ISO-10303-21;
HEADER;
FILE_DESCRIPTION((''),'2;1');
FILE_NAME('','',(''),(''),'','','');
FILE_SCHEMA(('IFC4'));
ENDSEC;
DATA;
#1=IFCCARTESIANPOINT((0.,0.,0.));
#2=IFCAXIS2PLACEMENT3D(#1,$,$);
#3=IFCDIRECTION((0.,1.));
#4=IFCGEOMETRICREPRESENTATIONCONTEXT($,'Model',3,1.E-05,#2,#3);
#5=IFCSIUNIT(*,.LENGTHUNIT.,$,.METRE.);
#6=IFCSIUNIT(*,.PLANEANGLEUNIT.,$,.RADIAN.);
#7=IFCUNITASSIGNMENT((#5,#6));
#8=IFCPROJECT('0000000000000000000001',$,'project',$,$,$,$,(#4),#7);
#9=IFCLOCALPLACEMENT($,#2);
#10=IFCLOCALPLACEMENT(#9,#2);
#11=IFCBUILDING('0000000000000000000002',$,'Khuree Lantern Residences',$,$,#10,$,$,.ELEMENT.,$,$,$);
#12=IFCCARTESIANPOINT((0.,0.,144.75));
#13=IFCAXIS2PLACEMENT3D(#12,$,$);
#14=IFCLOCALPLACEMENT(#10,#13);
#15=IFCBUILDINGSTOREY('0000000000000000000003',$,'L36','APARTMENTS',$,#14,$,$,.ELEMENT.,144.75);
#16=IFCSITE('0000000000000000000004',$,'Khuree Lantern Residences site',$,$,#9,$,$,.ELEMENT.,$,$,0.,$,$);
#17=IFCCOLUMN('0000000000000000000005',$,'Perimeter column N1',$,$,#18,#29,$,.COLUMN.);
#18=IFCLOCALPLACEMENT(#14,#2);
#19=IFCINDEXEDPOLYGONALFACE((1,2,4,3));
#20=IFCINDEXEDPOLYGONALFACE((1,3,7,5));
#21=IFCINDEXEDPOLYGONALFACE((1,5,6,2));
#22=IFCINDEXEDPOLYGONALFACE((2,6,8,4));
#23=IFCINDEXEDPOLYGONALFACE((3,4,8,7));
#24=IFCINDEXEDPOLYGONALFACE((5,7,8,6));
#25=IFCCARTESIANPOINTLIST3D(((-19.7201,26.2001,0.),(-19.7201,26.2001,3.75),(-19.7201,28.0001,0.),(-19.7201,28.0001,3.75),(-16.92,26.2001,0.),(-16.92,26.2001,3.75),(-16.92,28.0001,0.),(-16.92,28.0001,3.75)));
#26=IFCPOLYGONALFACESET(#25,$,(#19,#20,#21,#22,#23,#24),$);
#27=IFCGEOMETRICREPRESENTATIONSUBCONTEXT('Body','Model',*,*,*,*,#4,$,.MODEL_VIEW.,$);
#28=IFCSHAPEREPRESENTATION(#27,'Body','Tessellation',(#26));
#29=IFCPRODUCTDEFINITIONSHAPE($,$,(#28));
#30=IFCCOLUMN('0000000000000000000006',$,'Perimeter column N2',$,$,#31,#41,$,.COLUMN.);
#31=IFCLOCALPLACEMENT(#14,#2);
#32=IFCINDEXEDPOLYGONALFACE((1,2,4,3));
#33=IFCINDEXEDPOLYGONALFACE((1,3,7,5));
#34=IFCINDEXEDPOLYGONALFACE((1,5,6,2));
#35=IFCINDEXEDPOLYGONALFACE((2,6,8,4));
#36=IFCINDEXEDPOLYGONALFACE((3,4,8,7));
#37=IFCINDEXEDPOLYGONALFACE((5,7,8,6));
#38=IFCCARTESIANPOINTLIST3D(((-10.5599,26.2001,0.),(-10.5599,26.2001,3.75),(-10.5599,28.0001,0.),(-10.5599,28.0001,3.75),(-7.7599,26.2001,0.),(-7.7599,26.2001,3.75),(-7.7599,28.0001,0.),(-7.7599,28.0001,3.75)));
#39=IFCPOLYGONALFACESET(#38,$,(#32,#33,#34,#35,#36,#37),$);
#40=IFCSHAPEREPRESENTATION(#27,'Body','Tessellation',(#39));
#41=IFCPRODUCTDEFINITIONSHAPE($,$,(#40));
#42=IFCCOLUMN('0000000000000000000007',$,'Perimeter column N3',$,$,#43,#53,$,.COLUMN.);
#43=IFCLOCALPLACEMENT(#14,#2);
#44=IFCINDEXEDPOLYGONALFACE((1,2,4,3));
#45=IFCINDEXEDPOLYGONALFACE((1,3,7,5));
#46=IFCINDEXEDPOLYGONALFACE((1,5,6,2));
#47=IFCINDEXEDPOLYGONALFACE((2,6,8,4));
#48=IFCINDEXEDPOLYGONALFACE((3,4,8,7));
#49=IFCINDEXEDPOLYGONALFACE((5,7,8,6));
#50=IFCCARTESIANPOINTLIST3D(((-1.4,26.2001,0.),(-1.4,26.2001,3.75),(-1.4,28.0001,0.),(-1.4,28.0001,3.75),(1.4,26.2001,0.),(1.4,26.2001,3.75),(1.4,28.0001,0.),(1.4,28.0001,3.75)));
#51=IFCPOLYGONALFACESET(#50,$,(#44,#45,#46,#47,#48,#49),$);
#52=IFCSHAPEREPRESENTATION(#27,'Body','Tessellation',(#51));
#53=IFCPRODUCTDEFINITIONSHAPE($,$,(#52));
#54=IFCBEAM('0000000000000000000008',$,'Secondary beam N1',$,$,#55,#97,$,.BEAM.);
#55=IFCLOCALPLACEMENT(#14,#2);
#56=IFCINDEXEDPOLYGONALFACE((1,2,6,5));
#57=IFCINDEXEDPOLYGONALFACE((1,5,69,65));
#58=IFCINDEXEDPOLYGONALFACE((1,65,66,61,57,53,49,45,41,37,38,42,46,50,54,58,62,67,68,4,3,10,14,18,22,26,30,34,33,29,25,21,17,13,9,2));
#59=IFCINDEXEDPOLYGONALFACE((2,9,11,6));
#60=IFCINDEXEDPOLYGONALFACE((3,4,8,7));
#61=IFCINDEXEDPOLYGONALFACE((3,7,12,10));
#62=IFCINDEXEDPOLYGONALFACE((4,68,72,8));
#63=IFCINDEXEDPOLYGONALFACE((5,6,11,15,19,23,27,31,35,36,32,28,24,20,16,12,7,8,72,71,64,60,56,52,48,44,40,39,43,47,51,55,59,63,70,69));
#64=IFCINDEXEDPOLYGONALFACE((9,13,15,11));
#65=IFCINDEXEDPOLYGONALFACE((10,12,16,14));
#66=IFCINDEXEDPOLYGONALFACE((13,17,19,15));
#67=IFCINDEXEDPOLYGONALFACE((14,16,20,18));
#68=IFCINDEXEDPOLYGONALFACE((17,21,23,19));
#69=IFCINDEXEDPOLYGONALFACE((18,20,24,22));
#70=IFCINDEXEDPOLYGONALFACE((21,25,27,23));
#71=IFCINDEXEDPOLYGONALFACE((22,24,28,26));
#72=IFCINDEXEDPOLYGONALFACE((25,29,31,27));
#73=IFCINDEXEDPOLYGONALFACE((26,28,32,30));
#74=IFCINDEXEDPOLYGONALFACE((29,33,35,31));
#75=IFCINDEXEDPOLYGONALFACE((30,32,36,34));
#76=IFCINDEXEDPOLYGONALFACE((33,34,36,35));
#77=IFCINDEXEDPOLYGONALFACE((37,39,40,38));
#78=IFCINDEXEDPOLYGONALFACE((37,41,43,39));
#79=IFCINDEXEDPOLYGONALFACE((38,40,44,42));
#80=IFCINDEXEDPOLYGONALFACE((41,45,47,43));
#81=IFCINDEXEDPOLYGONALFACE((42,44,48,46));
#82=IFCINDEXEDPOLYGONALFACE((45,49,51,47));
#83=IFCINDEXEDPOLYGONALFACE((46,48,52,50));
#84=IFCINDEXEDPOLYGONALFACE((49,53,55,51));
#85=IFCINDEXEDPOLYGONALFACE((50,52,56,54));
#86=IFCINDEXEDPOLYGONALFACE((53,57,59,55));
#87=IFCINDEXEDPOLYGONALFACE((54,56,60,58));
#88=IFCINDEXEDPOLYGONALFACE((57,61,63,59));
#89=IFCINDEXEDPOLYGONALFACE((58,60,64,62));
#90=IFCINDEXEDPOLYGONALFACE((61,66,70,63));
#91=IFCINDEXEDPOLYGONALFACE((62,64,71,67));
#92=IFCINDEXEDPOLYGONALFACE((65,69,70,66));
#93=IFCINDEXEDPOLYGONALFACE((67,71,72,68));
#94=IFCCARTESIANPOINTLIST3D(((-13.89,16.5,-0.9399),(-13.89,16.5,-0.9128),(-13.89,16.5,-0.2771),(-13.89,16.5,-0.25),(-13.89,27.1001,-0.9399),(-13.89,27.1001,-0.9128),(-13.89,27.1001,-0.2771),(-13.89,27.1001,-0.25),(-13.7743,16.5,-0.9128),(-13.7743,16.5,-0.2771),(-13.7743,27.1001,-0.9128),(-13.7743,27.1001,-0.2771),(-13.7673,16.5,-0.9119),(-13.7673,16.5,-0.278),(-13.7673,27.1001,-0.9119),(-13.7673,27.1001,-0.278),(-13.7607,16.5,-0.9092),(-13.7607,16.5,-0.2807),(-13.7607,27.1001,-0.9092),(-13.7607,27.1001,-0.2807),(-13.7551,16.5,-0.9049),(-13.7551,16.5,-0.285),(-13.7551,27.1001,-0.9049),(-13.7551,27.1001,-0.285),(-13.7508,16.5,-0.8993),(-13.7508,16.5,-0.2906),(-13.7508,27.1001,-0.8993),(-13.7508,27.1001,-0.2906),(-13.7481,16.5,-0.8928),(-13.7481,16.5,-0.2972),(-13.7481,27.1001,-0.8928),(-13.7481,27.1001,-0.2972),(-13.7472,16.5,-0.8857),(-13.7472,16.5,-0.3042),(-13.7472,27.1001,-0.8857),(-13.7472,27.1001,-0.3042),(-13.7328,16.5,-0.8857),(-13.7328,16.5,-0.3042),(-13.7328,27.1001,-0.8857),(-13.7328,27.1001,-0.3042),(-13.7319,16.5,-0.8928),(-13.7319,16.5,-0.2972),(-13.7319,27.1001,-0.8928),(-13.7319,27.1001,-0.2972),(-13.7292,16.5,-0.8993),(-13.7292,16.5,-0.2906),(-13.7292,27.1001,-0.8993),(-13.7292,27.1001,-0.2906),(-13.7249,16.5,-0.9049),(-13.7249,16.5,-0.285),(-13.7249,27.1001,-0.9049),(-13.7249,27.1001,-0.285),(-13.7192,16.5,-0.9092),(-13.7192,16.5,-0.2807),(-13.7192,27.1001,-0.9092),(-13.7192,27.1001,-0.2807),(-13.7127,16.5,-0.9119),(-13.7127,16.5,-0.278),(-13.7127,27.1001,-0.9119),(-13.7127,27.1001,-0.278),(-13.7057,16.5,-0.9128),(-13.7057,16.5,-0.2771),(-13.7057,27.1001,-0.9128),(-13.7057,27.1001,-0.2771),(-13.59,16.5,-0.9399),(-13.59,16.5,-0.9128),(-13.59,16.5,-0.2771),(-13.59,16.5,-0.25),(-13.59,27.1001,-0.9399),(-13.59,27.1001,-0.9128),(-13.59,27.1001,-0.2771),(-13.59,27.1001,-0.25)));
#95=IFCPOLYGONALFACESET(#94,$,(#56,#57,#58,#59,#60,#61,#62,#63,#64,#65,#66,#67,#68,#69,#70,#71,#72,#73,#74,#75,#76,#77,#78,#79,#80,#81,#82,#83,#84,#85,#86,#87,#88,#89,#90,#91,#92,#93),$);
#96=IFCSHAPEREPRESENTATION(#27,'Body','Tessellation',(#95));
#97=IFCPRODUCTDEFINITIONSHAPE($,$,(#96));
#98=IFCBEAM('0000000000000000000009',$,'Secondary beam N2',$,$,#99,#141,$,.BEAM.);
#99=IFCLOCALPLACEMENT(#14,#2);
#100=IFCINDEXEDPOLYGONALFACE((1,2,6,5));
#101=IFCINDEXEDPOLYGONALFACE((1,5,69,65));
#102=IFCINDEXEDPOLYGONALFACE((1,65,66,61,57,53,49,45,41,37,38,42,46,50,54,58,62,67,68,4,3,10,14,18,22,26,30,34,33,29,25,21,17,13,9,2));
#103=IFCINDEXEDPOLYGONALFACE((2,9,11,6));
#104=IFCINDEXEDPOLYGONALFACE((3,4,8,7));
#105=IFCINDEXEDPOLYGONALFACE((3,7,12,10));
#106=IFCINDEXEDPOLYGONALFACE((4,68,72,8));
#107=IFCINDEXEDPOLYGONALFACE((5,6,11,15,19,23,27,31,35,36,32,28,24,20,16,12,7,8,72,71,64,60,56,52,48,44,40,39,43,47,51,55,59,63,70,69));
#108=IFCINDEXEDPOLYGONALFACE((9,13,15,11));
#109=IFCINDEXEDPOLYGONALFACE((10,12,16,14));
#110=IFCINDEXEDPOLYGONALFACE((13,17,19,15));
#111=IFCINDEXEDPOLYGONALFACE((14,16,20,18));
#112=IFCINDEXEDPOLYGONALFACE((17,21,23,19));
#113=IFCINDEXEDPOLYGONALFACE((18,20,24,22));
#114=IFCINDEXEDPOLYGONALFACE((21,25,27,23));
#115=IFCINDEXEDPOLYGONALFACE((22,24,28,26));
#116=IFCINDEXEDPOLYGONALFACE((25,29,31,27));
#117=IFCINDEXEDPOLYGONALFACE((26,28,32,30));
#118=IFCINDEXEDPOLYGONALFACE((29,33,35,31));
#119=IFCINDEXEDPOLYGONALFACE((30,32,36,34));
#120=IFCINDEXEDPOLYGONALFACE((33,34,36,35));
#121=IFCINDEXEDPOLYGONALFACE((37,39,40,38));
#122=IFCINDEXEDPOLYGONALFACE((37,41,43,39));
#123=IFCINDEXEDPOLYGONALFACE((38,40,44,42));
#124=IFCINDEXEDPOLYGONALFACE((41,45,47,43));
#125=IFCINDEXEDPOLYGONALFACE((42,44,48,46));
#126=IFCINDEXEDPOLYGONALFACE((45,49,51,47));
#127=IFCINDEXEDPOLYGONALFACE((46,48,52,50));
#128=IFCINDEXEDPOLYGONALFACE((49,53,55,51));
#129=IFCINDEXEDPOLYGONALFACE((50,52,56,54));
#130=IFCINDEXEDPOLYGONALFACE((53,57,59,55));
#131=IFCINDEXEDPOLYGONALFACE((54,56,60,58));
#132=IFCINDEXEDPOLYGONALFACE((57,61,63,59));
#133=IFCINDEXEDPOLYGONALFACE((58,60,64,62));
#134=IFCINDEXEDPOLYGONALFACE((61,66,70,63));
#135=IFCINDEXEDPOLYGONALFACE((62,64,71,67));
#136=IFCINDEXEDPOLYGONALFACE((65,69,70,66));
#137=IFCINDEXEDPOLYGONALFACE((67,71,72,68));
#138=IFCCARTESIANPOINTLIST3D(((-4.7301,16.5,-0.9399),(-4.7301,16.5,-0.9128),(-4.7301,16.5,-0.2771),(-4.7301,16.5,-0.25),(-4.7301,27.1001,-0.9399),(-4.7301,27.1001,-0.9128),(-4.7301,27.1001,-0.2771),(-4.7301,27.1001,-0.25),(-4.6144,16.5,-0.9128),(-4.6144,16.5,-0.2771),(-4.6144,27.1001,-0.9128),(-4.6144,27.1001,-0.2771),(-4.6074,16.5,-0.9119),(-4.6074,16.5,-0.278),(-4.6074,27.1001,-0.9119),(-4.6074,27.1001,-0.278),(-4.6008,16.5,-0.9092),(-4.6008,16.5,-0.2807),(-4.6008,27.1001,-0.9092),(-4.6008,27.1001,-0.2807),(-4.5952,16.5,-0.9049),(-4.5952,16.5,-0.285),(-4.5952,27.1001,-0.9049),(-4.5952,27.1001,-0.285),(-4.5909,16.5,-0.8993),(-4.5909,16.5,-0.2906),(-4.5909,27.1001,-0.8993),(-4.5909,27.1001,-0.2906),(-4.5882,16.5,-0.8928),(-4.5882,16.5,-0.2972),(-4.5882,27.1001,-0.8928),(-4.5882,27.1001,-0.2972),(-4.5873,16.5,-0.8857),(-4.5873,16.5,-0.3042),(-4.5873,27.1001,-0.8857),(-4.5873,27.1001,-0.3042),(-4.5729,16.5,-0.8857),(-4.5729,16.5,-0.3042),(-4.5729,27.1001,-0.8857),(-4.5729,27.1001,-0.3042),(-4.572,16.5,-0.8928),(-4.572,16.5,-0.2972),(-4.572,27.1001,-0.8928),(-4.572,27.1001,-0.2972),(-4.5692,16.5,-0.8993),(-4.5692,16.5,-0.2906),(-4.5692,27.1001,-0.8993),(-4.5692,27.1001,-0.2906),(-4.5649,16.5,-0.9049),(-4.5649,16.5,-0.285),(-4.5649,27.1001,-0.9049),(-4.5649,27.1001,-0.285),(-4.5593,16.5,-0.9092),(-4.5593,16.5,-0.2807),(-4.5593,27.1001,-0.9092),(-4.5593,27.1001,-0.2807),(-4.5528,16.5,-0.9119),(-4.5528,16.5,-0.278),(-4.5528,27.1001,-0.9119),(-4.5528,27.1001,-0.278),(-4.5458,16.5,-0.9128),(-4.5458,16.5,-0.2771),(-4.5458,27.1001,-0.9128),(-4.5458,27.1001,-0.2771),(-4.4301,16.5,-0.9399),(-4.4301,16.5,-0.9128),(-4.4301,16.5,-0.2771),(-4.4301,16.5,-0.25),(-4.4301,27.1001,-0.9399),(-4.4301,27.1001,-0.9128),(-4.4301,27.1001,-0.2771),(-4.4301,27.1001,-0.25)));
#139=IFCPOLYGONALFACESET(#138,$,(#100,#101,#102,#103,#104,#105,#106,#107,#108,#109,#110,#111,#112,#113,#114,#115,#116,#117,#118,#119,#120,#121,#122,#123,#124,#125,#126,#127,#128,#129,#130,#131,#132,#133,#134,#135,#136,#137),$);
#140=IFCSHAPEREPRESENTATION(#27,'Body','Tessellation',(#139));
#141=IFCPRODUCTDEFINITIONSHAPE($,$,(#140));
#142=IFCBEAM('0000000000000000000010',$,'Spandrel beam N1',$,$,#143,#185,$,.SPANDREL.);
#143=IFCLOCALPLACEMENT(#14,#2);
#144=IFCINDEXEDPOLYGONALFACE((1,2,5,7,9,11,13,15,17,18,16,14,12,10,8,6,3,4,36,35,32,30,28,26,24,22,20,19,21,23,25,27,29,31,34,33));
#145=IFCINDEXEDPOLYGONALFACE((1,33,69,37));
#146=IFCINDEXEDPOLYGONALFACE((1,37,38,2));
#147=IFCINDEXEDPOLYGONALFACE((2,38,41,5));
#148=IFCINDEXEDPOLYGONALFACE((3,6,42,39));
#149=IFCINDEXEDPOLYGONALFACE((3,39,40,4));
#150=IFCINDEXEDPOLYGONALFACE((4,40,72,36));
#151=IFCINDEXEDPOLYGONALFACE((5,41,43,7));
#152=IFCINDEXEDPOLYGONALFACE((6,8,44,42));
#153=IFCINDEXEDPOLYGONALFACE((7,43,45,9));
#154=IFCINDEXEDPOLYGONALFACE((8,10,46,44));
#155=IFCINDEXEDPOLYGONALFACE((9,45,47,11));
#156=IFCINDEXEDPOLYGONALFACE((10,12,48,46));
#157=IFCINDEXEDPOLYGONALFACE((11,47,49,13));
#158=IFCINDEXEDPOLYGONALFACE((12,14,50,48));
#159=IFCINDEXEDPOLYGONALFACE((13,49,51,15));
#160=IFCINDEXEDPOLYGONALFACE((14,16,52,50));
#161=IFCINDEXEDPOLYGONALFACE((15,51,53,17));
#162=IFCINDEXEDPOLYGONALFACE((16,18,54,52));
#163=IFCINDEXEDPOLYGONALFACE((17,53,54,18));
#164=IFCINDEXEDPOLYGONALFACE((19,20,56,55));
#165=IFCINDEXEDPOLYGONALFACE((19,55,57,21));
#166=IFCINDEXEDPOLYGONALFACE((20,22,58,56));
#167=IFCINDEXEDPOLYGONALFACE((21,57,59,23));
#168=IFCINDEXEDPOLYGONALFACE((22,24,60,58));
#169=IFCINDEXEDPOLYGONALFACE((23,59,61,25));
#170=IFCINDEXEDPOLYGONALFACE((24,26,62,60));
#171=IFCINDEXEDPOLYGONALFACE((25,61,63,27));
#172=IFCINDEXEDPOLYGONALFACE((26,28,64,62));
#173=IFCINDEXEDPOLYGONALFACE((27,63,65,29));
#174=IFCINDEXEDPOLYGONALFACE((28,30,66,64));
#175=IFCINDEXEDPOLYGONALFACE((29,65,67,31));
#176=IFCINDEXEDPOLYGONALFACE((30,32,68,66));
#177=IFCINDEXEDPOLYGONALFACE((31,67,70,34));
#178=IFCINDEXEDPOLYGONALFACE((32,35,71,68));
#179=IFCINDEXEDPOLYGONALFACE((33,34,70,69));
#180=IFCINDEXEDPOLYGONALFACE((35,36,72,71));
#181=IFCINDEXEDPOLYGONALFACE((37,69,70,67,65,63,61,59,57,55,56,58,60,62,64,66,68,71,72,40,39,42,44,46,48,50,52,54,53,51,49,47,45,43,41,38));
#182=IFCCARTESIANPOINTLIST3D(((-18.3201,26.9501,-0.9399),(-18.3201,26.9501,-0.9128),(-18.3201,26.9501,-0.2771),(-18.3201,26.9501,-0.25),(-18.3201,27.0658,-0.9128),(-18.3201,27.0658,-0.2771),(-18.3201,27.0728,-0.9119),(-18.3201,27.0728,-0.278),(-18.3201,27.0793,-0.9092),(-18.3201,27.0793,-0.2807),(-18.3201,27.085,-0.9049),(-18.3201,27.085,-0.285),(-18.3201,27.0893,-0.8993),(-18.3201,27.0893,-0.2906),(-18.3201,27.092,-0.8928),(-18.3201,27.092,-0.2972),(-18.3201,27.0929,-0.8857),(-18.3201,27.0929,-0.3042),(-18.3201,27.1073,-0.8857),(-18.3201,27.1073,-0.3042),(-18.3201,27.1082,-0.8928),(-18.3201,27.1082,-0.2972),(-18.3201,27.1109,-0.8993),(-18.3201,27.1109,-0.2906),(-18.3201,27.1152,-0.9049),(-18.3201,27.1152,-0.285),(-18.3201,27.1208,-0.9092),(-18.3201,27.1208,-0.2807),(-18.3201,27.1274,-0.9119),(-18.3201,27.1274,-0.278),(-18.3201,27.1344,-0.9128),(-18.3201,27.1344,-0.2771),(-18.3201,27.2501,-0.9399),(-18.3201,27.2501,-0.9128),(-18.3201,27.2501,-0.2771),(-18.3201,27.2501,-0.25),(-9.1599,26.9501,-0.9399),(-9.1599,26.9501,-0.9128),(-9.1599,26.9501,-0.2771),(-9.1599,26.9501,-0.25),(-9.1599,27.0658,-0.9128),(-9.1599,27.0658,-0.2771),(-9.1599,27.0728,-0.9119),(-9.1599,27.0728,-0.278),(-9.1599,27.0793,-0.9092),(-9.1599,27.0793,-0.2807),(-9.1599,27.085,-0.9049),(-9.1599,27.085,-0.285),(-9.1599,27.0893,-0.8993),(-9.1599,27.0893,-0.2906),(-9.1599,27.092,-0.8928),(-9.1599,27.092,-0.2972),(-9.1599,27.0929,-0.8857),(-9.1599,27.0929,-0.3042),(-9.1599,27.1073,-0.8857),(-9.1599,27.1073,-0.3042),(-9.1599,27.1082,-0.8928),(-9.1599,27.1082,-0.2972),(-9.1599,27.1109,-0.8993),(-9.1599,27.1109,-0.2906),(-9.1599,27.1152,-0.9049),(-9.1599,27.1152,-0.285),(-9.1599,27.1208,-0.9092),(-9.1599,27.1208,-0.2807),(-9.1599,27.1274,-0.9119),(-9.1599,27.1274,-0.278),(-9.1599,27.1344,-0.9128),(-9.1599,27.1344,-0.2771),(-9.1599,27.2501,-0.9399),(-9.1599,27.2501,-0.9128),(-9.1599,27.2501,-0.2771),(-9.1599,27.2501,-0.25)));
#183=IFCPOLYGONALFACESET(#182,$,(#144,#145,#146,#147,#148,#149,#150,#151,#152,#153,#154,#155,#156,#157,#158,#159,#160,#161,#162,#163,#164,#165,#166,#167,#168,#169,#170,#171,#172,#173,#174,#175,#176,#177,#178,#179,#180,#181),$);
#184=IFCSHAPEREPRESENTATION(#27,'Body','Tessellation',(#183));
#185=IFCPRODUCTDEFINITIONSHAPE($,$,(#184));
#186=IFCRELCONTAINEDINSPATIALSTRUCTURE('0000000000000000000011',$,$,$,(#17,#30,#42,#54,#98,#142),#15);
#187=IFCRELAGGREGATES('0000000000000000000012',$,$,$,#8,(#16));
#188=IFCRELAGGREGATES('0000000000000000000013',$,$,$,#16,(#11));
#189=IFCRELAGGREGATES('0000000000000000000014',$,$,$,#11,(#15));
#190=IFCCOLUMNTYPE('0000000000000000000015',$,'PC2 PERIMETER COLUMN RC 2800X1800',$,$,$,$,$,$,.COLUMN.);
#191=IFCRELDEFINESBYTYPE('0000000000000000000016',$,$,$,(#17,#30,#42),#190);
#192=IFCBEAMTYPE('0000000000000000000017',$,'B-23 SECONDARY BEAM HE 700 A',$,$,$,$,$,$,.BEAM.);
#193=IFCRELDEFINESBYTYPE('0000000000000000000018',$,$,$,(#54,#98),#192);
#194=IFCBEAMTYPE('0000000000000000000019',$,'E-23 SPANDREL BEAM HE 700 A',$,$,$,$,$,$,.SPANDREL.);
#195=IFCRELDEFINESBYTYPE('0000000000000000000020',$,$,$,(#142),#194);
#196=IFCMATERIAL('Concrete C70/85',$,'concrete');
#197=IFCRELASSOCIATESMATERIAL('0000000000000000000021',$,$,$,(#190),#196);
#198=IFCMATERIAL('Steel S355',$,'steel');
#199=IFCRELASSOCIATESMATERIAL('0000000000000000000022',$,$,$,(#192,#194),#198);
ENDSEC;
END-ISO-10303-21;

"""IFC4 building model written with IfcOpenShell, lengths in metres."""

from ifc_helpers import new_model, si_unit, direction, frame, origin, origin_2d, place, context, subcontext, project, spatial, rectangle, i_section, extrude, material, material_profile, profile_set, type_object, element, save


model = new_model("IFC4")

# Units and contexts
model_context = context("Model", 3, precision=1e-05, world=origin(), true_north=direction((0.0, 1.0)))
body_context = subcontext(model_context, "Body", "Model", "MODEL_VIEW")
ifc_project = project(units=[si_unit("LENGTHUNIT", "METRE"), si_unit("PLANEANGLEUNIT", "RADIAN")], contexts=[model_context])

# Site, building, storey
site_placement = place(None, origin())
site = spatial("IfcSite", under=ifc_project, at=site_placement, Name="Khuree Lantern Residences site", CompositionType="ELEMENT", RefElevation=0.0)
building_placement = place(site_placement, origin())
building = spatial("IfcBuilding", under=site, at=building_placement, Name="Khuree Lantern Residences", CompositionType="ELEMENT")
storey_placement = place(building_placement, frame((0.0, 0.0, 144.75)))
storey = spatial("IfcBuildingStorey", under=building, at=storey_placement, Name="L36", Description="APARTMENTS", CompositionType="ELEMENT", Elevation=144.75)

# Columns
ifc_material_1 = material(Name="Concrete C70/85", Category="concrete")
ifc_material_profile_1 = material_profile(ifc_material_1, rectangle(XDim=2.8, YDim=1.8, at=origin_2d()), Name="RC 2800X1800")
ifc_profile_set_1 = profile_set([ifc_material_profile_1], Name="Concrete C70/85")
column_type = type_object("IfcColumnType", Name="PC2 PERIMETER COLUMN RC 2800X1800", PredefinedType="COLUMN", material=ifc_profile_set_1)
for number, where, z_axis, x_axis, name in (
    (1, (-18.3201, 27.1001, 0.0), (0.0, 0.0, 1.0), (1.0, 0.0, 0.0), "Perimeter column N1"),
    (2, (-9.1599, 27.1001, 0.0), (0.0, 0.0, 1.0), (1.0, 0.0, 0.0), "Perimeter column N2"),
    (3, (0.0, 27.1001, 0.0), (0.0, 0.0, 1.0), (1.0, 0.0, 0.0), "Perimeter column N3"),
):
    element("IfcColumn", number, at=place(storey_placement, frame(where, z_axis=z_axis, x_axis=x_axis)), inside=storey, type_object=column_type, Name=name, PredefinedType="COLUMN", context=body_context, shape_type="SweptSolid", body=[
        extrude(rectangle(XDim=2.8, YDim=1.8, at=origin_2d()), origin(), (0.0, 0.0, 1.0), 3.75),
    ])

# Beams
ifc_material_2 = material(Name="Steel S355", Category="steel")
ifc_material_profile_2 = material_profile(ifc_material_2, i_section(OverallWidth=0.3, OverallDepth=0.6899, WebThickness=0.0144, FlangeThickness=0.0271, FilletRadius=0.0271, at=origin_2d()), Name="HE 700 A")
ifc_profile_set_2 = profile_set([ifc_material_profile_2], Name="Steel S355")
beam_type_1 = type_object("IfcBeamType", Name="B-23 SECONDARY BEAM HE 700 A", PredefinedType="BEAM", material=ifc_profile_set_2)
for number, where, z_axis, x_axis, name in (
    (4, (-13.74, 27.1001, -0.595), (0.0, -1.0, 0.0), (1.0, 0.0, 0.0), "Secondary beam N1"),
    (5, (-4.5801, 27.1001, -0.595), (0.0, -1.0, 0.0), (1.0, 0.0, 0.0), "Secondary beam N2"),
):
    element("IfcBeam", number, at=place(storey_placement, frame(where, z_axis=z_axis, x_axis=x_axis)), inside=storey, type_object=beam_type_1, Name=name, PredefinedType="BEAM", context=body_context, shape_type="SweptSolid", body=[
        extrude(i_section(OverallWidth=0.3, OverallDepth=0.6899, WebThickness=0.0144, FlangeThickness=0.0271, FilletRadius=0.0271, at=origin_2d()), origin(), (0.0, 0.0, 1.0), 10.6001),
    ])
ifc_material_profile_3 = material_profile(ifc_material_2, i_section(OverallWidth=0.3, OverallDepth=0.6899, WebThickness=0.0144, FlangeThickness=0.0271, FilletRadius=0.0271, at=origin_2d()), Name="HE 700 A")
ifc_profile_set_3 = profile_set([ifc_material_profile_3], Name="Steel S355")
beam_type_2 = type_object("IfcBeamType", Name="E-23 SPANDREL BEAM HE 700 A", PredefinedType="SPANDREL", material=ifc_profile_set_3)
beam_1_placement = place(storey_placement, frame((-18.3201, 27.1001, -0.595), z_axis=(1.0, 0.0, 0.0), x_axis=(0.0, 1.0, 0.0)))
element("IfcBeam", 6, at=beam_1_placement, inside=storey, type_object=beam_type_2, Name="Spandrel beam N1", PredefinedType="SPANDREL", context=body_context, shape_type="SweptSolid", body=[
    extrude(i_section(OverallWidth=0.3, OverallDepth=0.6899, WebThickness=0.0144, FlangeThickness=0.0271, FilletRadius=0.0271, at=origin_2d()), origin(), (0.0, 0.0, 1.0), 9.1602),
])

save(model, "model.ifc")
